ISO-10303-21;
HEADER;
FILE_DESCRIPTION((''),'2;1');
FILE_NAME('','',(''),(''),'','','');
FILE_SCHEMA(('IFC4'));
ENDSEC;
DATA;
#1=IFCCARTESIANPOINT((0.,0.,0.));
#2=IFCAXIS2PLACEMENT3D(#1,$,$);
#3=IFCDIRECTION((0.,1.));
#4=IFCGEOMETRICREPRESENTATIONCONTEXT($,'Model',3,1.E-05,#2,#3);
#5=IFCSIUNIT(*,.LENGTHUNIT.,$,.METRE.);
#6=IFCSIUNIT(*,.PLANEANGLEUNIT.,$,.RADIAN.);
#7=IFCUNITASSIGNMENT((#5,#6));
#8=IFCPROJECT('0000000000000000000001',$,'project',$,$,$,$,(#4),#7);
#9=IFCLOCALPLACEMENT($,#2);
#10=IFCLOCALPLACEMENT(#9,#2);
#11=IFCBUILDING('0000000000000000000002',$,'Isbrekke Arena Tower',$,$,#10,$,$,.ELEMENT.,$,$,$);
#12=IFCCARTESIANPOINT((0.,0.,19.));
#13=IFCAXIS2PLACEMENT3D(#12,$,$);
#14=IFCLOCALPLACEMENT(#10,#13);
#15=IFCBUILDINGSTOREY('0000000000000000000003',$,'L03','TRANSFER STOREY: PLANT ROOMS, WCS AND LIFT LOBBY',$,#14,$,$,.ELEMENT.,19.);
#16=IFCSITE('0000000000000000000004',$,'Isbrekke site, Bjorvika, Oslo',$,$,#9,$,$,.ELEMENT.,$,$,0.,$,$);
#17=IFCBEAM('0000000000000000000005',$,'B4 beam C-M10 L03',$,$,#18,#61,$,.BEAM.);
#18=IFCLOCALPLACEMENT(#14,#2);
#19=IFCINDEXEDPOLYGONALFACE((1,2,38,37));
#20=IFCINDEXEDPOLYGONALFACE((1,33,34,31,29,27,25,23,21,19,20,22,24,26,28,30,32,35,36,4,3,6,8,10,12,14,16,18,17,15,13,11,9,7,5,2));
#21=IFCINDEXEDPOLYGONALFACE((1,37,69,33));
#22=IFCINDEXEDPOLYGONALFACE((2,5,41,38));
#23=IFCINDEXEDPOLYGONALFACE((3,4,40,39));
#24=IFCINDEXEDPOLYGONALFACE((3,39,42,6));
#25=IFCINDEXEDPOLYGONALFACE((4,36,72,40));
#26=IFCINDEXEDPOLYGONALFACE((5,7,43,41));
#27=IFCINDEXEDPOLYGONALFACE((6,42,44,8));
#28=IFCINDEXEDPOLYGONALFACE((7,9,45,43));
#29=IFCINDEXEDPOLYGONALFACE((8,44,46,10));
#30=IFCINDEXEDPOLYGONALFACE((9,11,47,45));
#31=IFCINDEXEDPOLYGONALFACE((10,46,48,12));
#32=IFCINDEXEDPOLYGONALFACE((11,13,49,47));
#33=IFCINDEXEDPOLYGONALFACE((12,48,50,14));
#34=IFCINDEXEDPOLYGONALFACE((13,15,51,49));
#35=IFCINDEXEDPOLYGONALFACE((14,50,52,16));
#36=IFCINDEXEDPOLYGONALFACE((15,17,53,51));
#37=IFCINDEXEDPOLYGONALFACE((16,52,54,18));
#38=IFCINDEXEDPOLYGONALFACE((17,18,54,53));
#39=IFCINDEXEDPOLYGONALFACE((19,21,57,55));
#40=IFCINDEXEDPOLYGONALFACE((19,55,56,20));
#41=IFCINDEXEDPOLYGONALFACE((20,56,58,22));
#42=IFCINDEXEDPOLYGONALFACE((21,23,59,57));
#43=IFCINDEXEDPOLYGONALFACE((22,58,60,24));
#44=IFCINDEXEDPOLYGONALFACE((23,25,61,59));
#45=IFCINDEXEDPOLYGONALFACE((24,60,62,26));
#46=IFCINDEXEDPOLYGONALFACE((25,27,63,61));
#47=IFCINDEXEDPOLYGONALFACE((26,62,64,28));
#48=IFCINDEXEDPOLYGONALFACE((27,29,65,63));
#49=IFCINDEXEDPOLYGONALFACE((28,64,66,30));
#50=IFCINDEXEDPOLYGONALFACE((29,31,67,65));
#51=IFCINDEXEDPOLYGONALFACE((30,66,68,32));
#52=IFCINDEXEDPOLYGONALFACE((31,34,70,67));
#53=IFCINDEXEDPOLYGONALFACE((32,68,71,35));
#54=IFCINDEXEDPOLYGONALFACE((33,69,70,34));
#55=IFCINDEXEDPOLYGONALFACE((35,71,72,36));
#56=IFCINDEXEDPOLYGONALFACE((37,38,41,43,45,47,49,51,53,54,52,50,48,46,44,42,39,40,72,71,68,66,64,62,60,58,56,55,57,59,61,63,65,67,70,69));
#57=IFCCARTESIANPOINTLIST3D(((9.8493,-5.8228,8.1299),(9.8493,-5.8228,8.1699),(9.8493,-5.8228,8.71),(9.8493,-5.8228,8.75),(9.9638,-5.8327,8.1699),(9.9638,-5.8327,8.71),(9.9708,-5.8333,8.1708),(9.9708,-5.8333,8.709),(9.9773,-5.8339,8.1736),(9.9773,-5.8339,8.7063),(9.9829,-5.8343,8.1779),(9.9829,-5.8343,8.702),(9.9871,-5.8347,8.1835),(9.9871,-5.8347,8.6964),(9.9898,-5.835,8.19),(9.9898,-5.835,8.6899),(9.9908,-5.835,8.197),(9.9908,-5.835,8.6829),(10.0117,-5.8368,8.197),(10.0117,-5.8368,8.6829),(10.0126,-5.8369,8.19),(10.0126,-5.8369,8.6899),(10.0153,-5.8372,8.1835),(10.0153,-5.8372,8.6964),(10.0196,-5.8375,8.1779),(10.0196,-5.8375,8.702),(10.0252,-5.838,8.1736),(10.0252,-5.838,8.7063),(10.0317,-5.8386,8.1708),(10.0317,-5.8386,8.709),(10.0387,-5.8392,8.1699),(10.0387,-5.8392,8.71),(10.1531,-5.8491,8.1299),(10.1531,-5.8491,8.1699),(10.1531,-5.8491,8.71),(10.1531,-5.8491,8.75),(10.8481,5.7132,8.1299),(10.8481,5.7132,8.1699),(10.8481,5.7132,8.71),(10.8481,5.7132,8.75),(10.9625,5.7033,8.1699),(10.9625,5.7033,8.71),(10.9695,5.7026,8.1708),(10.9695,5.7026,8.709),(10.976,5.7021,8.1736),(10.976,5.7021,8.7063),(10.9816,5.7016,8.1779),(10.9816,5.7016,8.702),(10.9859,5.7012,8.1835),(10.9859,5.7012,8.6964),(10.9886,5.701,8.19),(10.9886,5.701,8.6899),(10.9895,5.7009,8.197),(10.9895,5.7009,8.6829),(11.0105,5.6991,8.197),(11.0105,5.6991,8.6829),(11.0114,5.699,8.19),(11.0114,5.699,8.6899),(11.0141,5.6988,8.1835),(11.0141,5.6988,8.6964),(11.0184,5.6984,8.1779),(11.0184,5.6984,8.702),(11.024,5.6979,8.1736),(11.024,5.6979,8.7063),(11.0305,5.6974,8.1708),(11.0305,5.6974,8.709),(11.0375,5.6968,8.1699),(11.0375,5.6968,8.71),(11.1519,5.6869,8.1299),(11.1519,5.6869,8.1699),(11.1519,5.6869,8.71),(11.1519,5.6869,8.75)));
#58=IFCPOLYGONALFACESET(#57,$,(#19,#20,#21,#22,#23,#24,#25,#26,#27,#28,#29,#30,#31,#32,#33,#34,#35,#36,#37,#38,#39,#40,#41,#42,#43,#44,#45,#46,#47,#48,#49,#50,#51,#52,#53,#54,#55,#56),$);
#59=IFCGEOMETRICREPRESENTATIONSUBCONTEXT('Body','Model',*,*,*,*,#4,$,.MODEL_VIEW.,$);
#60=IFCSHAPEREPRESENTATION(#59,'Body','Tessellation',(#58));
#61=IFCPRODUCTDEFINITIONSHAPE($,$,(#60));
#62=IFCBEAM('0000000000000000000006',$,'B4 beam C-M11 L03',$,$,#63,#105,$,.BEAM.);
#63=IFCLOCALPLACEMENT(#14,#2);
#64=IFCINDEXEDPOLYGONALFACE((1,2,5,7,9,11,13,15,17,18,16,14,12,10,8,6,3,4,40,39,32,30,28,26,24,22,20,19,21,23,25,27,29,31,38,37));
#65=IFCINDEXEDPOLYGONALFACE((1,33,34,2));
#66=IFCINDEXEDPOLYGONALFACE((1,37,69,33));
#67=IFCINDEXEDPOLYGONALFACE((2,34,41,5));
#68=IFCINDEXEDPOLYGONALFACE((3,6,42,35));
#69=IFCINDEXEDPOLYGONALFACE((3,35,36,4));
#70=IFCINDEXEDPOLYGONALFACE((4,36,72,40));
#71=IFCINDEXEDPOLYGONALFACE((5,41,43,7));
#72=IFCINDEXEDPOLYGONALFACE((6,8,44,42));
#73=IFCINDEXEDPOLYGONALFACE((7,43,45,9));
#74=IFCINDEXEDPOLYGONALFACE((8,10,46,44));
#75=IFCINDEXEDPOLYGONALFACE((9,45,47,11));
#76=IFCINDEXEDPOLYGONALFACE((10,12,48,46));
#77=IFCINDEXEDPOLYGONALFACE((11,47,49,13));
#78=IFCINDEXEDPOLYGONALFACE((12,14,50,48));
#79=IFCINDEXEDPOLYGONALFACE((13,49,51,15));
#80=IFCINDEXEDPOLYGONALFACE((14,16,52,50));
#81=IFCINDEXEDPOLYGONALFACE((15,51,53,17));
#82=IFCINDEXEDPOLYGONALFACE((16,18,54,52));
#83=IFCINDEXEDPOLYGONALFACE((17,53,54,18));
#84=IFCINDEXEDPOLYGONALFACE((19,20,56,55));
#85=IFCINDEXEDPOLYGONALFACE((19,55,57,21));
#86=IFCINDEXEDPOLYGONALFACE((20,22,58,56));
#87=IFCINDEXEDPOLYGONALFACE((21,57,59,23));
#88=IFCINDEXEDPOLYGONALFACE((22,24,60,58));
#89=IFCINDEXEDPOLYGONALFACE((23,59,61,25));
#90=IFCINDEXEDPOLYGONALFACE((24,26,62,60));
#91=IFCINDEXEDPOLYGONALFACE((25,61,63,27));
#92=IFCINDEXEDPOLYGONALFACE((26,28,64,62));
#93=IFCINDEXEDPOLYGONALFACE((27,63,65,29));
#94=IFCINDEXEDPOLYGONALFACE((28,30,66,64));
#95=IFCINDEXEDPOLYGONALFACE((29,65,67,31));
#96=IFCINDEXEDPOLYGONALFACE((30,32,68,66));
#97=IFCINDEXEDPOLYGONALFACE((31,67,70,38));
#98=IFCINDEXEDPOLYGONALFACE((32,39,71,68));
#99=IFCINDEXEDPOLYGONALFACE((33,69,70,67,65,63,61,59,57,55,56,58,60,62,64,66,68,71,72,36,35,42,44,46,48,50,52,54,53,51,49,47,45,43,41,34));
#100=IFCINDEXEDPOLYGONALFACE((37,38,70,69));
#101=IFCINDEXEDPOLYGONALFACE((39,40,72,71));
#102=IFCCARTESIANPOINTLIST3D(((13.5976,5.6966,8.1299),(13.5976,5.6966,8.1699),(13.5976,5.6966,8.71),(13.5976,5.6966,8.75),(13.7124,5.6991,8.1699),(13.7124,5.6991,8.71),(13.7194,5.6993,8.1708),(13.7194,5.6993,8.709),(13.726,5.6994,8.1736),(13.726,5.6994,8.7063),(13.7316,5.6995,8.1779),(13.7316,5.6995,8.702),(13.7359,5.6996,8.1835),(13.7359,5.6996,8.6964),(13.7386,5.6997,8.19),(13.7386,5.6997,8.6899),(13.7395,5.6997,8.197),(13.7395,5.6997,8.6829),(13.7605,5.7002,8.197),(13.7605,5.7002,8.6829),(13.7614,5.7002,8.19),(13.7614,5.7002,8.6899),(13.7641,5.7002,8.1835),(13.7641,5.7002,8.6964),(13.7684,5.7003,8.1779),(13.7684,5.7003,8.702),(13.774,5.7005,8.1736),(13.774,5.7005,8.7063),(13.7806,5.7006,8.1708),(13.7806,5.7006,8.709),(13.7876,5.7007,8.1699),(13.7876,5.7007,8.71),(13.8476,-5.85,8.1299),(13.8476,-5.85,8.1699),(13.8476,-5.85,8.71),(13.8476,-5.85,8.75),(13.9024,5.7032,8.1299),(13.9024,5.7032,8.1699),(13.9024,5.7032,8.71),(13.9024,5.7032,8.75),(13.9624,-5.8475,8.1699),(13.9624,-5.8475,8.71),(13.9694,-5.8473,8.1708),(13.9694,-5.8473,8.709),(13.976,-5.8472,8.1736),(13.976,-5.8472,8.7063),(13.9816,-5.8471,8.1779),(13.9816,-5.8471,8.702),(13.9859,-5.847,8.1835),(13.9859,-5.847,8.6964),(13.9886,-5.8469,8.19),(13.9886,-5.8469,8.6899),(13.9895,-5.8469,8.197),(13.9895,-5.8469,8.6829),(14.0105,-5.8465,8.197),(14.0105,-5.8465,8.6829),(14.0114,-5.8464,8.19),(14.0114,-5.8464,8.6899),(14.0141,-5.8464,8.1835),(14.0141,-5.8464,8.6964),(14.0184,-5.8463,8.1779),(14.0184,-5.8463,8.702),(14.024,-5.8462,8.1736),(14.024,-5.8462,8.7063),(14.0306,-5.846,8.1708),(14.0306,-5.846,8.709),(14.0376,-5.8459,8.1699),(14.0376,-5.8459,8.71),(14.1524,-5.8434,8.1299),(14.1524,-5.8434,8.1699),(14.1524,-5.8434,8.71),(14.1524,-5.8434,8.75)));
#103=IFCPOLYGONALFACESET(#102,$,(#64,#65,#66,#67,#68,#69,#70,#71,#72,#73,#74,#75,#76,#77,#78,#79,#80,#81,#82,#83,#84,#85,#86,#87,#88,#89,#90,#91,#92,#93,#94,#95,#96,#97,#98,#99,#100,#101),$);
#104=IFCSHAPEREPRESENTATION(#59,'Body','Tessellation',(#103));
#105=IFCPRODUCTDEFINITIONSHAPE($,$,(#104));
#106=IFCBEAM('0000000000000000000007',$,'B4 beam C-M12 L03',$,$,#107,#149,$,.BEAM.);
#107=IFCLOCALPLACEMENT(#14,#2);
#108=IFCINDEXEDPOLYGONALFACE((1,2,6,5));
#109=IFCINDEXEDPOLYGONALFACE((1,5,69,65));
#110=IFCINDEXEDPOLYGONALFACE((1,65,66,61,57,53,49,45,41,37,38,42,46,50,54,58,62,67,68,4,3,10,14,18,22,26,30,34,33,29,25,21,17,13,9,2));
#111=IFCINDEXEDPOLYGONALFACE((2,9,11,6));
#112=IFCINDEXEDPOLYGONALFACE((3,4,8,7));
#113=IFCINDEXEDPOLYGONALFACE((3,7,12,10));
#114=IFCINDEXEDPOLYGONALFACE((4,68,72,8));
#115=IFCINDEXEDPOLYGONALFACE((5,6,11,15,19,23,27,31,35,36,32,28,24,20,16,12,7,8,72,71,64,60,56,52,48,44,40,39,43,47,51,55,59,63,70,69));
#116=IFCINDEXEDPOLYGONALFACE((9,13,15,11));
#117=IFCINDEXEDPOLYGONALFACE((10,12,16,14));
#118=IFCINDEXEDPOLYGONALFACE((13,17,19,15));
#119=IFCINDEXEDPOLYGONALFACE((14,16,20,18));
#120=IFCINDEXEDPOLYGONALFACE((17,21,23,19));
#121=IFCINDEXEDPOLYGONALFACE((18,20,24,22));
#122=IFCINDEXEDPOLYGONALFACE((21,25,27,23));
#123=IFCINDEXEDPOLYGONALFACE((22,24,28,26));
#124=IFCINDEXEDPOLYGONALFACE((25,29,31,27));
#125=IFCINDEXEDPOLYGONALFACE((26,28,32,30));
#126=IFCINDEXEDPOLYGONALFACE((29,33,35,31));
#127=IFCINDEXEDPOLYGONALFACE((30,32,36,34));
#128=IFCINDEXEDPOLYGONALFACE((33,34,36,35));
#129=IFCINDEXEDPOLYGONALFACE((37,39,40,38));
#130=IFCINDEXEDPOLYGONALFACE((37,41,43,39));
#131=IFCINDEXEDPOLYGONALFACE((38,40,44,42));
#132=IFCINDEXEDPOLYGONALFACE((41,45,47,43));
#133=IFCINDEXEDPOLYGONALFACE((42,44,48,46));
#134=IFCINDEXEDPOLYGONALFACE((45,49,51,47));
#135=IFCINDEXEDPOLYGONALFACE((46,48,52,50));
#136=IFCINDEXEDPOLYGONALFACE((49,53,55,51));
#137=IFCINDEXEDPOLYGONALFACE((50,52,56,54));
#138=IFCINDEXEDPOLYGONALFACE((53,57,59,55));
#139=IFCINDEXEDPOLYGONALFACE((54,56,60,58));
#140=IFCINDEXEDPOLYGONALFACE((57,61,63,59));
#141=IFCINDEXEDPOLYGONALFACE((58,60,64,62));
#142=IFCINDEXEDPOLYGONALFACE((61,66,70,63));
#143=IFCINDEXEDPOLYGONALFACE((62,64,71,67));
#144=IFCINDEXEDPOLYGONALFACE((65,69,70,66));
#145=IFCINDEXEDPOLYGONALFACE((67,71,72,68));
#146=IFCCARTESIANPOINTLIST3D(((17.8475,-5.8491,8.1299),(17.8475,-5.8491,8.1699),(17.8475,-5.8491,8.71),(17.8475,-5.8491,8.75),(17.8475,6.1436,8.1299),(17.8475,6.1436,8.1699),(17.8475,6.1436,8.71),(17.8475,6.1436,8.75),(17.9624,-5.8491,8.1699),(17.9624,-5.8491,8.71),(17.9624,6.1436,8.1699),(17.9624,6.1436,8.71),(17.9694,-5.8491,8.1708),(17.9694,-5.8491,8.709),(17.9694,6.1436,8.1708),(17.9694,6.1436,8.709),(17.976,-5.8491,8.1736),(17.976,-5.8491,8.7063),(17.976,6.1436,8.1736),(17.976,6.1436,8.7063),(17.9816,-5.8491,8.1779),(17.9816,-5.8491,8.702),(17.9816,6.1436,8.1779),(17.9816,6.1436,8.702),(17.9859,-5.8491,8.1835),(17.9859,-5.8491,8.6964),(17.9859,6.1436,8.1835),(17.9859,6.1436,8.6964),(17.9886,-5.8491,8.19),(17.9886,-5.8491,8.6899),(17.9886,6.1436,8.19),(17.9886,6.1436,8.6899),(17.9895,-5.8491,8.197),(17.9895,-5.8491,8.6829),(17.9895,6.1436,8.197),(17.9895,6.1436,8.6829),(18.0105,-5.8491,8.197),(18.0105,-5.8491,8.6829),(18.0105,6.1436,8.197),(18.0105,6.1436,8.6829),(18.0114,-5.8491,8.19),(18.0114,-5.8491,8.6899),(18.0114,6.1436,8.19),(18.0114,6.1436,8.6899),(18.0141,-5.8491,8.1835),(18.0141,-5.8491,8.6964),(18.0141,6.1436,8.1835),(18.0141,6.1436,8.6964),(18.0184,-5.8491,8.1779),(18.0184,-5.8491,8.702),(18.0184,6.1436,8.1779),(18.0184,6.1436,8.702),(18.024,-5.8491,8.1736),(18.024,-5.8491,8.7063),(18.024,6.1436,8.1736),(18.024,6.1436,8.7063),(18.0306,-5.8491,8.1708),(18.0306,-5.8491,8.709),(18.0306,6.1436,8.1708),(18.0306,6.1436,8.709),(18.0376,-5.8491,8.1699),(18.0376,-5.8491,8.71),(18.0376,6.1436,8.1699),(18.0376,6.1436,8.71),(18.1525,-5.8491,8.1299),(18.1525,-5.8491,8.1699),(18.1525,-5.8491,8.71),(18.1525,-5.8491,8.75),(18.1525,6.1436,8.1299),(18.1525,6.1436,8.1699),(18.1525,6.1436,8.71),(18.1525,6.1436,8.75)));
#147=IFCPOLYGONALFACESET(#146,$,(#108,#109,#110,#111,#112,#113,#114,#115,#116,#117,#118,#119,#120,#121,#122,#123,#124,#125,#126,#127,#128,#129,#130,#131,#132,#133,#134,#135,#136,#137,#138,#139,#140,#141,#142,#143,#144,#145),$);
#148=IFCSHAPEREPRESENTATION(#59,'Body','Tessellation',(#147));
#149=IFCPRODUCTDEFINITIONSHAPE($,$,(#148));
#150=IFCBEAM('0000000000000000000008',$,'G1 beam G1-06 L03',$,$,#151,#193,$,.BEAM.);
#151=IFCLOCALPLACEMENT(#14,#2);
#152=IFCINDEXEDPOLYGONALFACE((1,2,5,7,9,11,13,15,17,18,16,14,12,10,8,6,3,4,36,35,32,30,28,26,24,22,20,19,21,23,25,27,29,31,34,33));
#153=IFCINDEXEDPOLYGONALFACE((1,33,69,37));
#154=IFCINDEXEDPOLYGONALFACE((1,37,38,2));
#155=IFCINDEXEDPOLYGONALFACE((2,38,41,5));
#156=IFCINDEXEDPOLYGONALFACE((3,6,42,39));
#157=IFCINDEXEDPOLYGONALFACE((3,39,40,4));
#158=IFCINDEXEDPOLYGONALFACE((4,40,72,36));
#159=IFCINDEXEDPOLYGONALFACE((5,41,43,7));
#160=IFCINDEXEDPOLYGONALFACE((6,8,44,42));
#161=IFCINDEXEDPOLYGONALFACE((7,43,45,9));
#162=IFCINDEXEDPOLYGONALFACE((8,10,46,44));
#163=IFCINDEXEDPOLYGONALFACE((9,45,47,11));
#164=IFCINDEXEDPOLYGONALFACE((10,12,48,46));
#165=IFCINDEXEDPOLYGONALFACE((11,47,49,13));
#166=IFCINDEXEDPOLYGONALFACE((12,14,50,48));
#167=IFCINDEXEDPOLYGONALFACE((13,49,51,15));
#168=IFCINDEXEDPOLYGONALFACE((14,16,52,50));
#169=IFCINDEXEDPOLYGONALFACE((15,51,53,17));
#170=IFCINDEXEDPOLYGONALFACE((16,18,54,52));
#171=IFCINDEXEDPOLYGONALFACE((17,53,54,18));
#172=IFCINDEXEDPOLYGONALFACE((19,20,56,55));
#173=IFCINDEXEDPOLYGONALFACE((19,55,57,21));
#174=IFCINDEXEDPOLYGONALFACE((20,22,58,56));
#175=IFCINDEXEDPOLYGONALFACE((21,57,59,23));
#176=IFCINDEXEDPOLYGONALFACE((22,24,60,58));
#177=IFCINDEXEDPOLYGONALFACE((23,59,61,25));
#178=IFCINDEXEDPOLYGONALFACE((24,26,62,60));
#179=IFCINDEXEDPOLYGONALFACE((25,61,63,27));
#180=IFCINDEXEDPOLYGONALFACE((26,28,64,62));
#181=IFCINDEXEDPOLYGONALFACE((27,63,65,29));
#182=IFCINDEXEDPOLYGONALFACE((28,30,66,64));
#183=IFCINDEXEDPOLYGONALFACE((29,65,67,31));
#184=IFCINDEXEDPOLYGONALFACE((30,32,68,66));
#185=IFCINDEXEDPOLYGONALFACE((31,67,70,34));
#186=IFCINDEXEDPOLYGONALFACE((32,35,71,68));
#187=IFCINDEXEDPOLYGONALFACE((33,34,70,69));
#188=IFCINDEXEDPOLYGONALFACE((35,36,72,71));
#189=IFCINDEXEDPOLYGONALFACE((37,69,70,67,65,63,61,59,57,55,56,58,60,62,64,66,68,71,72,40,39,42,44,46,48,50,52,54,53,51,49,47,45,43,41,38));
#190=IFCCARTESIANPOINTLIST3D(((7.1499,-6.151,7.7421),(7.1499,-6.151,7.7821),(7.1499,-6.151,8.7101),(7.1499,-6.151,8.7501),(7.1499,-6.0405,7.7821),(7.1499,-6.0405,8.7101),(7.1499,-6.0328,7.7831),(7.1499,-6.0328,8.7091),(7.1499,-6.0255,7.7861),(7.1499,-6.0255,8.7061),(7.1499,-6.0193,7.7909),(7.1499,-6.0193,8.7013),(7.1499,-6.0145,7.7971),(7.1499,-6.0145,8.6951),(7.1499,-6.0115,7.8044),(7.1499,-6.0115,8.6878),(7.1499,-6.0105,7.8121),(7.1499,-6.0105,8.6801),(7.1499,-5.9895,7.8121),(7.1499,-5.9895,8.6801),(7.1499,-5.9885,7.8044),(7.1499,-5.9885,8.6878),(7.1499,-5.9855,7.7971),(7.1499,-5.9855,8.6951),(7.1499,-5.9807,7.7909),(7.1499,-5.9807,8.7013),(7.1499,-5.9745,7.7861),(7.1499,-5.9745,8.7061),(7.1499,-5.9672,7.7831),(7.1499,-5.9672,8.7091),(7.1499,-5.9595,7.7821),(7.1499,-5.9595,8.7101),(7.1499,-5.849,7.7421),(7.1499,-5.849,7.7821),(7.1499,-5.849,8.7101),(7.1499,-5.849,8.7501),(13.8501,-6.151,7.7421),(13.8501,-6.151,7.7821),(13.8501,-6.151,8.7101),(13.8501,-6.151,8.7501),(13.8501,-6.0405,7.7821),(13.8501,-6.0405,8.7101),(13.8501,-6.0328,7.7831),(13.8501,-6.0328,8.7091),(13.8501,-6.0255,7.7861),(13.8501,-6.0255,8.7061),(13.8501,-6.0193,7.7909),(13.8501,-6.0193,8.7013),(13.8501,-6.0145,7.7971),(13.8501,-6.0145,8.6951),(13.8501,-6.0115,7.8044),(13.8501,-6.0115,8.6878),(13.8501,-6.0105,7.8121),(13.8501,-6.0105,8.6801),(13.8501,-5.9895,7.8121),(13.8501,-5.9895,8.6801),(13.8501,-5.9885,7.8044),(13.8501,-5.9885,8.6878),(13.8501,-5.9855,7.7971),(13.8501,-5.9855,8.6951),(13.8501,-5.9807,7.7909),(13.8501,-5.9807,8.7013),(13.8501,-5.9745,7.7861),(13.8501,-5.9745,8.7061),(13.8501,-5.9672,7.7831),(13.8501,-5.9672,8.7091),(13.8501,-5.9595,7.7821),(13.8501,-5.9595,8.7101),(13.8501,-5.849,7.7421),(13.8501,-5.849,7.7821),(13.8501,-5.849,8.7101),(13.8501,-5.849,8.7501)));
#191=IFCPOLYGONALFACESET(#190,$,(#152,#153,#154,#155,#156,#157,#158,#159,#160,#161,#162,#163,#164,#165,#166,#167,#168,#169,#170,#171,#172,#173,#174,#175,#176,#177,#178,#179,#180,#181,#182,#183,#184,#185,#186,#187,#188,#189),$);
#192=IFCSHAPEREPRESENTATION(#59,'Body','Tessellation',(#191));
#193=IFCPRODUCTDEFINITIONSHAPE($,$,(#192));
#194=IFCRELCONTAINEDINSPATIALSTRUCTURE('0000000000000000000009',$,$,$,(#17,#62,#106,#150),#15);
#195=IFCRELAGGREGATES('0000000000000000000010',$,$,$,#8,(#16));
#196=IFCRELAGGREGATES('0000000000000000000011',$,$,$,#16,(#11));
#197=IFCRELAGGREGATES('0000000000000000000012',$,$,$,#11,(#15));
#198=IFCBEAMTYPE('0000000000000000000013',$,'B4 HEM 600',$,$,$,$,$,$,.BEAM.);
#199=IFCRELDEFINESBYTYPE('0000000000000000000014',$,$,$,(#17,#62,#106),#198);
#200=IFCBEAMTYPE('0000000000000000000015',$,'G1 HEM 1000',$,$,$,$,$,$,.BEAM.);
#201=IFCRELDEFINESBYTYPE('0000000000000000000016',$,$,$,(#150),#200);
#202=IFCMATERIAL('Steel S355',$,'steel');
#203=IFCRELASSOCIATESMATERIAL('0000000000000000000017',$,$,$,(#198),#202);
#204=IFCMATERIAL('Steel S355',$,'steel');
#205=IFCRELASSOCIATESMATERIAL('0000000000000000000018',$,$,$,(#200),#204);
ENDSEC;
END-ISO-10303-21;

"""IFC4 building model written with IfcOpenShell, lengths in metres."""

from ifc_helpers import new_model, si_unit, direction, frame, origin, origin_2d, place, context, subcontext, project, spatial, i_section, extrude, material, material_profile, profile_set, type_object, element, save


model = new_model("IFC4")

# Units and contexts
model_context = context("Model", 3, precision=1e-05, world=origin(), true_north=direction((0.0, 1.0)))
body_context = subcontext(model_context, "Body", "Model", "MODEL_VIEW")
ifc_project = project(units=[si_unit("LENGTHUNIT", "METRE"), si_unit("PLANEANGLEUNIT", "RADIAN")], contexts=[model_context])

# Site, building, storey
site_placement = place(None, origin())
site = spatial("IfcSite", under=ifc_project, at=site_placement, Name="Isbrekke site, Bjorvika, Oslo", CompositionType="ELEMENT", RefElevation=0.0)
building_placement = place(site_placement, origin())
building = spatial("IfcBuilding", under=site, at=building_placement, Name="Isbrekke Arena Tower", CompositionType="ELEMENT")
storey_placement = place(building_placement, frame((0.0, 0.0, 19.0)))
storey = spatial("IfcBuildingStorey", under=building, at=storey_placement, Name="L03", Description="TRANSFER STOREY: PLANT ROOMS, WCS AND LIFT LOBBY", CompositionType="ELEMENT", Elevation=19.0)

# Beams
ifc_material_1 = material(Name="Steel S355", Category="steel")
ifc_material_profile_1 = material_profile(ifc_material_1, i_section(OverallWidth=0.3049, OverallDepth=0.6201, WebThickness=0.021, FlangeThickness=0.04, FilletRadius=0.0271, at=origin_2d()), Name="HEM 600")
ifc_profile_set_1 = profile_set([ifc_material_profile_1], Name="Steel S355")
beam_type_1 = type_object("IfcBeamType", Name="B4 HEM 600", PredefinedType="BEAM", material=ifc_profile_set_1)
beam_1_placement = place(storey_placement, frame((10.0012, -5.8359, 8.4399), z_axis=(0.086257, 0.996273, 0.0), x_axis=(-0.996273, 0.086257, 0.0)))
element("IfcBeam", 1, at=beam_1_placement, inside=storey, type_object=beam_type_1, Name="B4 beam C-M10 L03", PredefinedType="BEAM", context=body_context, shape_type="SweptSolid", body=[
    extrude(i_section(OverallWidth=0.3049, OverallDepth=0.6201, WebThickness=0.021, FlangeThickness=0.04, FilletRadius=0.0271, at=origin_2d()), origin(), (0.0, 0.0, 1.0), 11.5791),
])
beam_2_placement = place(storey_placement, frame((14.0, -5.8467, 8.4399), z_axis=(-0.021646, 0.999766, 0.0), x_axis=(-0.999766, -0.021646, 0.0)))
element("IfcBeam", 2, at=beam_2_placement, inside=storey, type_object=beam_type_1, Name="B4 beam C-M11 L03", PredefinedType="BEAM", context=body_context, shape_type="SweptSolid", body=[
    extrude(i_section(OverallWidth=0.3049, OverallDepth=0.6201, WebThickness=0.021, FlangeThickness=0.04, FilletRadius=0.0271, at=origin_2d()), origin(), (0.0, 0.0, 1.0), 11.5493),
])
beam_3_placement = place(storey_placement, frame((18.0, -5.8491, 8.4399), z_axis=(0.0, 1.0, 0.0), x_axis=(-1.0, 0.0, 0.0)))
element("IfcBeam", 3, at=beam_3_placement, inside=storey, type_object=beam_type_1, Name="B4 beam C-M12 L03", PredefinedType="BEAM", context=body_context, shape_type="SweptSolid", body=[
    extrude(i_section(OverallWidth=0.3049, OverallDepth=0.6201, WebThickness=0.021, FlangeThickness=0.04, FilletRadius=0.0271, at=origin_2d()), origin(), (0.0, 0.0, 1.0), 11.9927),
])
ifc_material_2 = material(Name="Steel S355", Category="steel")
ifc_material_profile_2 = material_profile(ifc_material_2, i_section(OverallWidth=0.302, OverallDepth=1.0081, WebThickness=0.021, FlangeThickness=0.04, FilletRadius=0.03, at=origin_2d()), Name="HEM 1000")
ifc_profile_set_2 = profile_set([ifc_material_profile_2], Name="Steel S355")
beam_type_2 = type_object("IfcBeamType", Name="G1 HEM 1000", PredefinedType="BEAM", material=ifc_profile_set_2)
for number, where, z_axis, x_axis, name in (
    (4, (7.1499, -6.0, 8.2461), (1.0, 0.0, 0.0), (0.0, 1.0, 0.0), "G1 beam G1-06 L03"),
):
    element("IfcBeam", number, at=place(storey_placement, frame(where, z_axis=z_axis, x_axis=x_axis)), inside=storey, type_object=beam_type_2, Name=name, PredefinedType="BEAM", context=body_context, shape_type="SweptSolid", body=[
        extrude(i_section(OverallWidth=0.302, OverallDepth=1.0081, WebThickness=0.021, FlangeThickness=0.04, FilletRadius=0.03, at=origin_2d()), origin(), (0.0, 0.0, 1.0), 6.7002),
    ])

save(model, "model.ifc")
